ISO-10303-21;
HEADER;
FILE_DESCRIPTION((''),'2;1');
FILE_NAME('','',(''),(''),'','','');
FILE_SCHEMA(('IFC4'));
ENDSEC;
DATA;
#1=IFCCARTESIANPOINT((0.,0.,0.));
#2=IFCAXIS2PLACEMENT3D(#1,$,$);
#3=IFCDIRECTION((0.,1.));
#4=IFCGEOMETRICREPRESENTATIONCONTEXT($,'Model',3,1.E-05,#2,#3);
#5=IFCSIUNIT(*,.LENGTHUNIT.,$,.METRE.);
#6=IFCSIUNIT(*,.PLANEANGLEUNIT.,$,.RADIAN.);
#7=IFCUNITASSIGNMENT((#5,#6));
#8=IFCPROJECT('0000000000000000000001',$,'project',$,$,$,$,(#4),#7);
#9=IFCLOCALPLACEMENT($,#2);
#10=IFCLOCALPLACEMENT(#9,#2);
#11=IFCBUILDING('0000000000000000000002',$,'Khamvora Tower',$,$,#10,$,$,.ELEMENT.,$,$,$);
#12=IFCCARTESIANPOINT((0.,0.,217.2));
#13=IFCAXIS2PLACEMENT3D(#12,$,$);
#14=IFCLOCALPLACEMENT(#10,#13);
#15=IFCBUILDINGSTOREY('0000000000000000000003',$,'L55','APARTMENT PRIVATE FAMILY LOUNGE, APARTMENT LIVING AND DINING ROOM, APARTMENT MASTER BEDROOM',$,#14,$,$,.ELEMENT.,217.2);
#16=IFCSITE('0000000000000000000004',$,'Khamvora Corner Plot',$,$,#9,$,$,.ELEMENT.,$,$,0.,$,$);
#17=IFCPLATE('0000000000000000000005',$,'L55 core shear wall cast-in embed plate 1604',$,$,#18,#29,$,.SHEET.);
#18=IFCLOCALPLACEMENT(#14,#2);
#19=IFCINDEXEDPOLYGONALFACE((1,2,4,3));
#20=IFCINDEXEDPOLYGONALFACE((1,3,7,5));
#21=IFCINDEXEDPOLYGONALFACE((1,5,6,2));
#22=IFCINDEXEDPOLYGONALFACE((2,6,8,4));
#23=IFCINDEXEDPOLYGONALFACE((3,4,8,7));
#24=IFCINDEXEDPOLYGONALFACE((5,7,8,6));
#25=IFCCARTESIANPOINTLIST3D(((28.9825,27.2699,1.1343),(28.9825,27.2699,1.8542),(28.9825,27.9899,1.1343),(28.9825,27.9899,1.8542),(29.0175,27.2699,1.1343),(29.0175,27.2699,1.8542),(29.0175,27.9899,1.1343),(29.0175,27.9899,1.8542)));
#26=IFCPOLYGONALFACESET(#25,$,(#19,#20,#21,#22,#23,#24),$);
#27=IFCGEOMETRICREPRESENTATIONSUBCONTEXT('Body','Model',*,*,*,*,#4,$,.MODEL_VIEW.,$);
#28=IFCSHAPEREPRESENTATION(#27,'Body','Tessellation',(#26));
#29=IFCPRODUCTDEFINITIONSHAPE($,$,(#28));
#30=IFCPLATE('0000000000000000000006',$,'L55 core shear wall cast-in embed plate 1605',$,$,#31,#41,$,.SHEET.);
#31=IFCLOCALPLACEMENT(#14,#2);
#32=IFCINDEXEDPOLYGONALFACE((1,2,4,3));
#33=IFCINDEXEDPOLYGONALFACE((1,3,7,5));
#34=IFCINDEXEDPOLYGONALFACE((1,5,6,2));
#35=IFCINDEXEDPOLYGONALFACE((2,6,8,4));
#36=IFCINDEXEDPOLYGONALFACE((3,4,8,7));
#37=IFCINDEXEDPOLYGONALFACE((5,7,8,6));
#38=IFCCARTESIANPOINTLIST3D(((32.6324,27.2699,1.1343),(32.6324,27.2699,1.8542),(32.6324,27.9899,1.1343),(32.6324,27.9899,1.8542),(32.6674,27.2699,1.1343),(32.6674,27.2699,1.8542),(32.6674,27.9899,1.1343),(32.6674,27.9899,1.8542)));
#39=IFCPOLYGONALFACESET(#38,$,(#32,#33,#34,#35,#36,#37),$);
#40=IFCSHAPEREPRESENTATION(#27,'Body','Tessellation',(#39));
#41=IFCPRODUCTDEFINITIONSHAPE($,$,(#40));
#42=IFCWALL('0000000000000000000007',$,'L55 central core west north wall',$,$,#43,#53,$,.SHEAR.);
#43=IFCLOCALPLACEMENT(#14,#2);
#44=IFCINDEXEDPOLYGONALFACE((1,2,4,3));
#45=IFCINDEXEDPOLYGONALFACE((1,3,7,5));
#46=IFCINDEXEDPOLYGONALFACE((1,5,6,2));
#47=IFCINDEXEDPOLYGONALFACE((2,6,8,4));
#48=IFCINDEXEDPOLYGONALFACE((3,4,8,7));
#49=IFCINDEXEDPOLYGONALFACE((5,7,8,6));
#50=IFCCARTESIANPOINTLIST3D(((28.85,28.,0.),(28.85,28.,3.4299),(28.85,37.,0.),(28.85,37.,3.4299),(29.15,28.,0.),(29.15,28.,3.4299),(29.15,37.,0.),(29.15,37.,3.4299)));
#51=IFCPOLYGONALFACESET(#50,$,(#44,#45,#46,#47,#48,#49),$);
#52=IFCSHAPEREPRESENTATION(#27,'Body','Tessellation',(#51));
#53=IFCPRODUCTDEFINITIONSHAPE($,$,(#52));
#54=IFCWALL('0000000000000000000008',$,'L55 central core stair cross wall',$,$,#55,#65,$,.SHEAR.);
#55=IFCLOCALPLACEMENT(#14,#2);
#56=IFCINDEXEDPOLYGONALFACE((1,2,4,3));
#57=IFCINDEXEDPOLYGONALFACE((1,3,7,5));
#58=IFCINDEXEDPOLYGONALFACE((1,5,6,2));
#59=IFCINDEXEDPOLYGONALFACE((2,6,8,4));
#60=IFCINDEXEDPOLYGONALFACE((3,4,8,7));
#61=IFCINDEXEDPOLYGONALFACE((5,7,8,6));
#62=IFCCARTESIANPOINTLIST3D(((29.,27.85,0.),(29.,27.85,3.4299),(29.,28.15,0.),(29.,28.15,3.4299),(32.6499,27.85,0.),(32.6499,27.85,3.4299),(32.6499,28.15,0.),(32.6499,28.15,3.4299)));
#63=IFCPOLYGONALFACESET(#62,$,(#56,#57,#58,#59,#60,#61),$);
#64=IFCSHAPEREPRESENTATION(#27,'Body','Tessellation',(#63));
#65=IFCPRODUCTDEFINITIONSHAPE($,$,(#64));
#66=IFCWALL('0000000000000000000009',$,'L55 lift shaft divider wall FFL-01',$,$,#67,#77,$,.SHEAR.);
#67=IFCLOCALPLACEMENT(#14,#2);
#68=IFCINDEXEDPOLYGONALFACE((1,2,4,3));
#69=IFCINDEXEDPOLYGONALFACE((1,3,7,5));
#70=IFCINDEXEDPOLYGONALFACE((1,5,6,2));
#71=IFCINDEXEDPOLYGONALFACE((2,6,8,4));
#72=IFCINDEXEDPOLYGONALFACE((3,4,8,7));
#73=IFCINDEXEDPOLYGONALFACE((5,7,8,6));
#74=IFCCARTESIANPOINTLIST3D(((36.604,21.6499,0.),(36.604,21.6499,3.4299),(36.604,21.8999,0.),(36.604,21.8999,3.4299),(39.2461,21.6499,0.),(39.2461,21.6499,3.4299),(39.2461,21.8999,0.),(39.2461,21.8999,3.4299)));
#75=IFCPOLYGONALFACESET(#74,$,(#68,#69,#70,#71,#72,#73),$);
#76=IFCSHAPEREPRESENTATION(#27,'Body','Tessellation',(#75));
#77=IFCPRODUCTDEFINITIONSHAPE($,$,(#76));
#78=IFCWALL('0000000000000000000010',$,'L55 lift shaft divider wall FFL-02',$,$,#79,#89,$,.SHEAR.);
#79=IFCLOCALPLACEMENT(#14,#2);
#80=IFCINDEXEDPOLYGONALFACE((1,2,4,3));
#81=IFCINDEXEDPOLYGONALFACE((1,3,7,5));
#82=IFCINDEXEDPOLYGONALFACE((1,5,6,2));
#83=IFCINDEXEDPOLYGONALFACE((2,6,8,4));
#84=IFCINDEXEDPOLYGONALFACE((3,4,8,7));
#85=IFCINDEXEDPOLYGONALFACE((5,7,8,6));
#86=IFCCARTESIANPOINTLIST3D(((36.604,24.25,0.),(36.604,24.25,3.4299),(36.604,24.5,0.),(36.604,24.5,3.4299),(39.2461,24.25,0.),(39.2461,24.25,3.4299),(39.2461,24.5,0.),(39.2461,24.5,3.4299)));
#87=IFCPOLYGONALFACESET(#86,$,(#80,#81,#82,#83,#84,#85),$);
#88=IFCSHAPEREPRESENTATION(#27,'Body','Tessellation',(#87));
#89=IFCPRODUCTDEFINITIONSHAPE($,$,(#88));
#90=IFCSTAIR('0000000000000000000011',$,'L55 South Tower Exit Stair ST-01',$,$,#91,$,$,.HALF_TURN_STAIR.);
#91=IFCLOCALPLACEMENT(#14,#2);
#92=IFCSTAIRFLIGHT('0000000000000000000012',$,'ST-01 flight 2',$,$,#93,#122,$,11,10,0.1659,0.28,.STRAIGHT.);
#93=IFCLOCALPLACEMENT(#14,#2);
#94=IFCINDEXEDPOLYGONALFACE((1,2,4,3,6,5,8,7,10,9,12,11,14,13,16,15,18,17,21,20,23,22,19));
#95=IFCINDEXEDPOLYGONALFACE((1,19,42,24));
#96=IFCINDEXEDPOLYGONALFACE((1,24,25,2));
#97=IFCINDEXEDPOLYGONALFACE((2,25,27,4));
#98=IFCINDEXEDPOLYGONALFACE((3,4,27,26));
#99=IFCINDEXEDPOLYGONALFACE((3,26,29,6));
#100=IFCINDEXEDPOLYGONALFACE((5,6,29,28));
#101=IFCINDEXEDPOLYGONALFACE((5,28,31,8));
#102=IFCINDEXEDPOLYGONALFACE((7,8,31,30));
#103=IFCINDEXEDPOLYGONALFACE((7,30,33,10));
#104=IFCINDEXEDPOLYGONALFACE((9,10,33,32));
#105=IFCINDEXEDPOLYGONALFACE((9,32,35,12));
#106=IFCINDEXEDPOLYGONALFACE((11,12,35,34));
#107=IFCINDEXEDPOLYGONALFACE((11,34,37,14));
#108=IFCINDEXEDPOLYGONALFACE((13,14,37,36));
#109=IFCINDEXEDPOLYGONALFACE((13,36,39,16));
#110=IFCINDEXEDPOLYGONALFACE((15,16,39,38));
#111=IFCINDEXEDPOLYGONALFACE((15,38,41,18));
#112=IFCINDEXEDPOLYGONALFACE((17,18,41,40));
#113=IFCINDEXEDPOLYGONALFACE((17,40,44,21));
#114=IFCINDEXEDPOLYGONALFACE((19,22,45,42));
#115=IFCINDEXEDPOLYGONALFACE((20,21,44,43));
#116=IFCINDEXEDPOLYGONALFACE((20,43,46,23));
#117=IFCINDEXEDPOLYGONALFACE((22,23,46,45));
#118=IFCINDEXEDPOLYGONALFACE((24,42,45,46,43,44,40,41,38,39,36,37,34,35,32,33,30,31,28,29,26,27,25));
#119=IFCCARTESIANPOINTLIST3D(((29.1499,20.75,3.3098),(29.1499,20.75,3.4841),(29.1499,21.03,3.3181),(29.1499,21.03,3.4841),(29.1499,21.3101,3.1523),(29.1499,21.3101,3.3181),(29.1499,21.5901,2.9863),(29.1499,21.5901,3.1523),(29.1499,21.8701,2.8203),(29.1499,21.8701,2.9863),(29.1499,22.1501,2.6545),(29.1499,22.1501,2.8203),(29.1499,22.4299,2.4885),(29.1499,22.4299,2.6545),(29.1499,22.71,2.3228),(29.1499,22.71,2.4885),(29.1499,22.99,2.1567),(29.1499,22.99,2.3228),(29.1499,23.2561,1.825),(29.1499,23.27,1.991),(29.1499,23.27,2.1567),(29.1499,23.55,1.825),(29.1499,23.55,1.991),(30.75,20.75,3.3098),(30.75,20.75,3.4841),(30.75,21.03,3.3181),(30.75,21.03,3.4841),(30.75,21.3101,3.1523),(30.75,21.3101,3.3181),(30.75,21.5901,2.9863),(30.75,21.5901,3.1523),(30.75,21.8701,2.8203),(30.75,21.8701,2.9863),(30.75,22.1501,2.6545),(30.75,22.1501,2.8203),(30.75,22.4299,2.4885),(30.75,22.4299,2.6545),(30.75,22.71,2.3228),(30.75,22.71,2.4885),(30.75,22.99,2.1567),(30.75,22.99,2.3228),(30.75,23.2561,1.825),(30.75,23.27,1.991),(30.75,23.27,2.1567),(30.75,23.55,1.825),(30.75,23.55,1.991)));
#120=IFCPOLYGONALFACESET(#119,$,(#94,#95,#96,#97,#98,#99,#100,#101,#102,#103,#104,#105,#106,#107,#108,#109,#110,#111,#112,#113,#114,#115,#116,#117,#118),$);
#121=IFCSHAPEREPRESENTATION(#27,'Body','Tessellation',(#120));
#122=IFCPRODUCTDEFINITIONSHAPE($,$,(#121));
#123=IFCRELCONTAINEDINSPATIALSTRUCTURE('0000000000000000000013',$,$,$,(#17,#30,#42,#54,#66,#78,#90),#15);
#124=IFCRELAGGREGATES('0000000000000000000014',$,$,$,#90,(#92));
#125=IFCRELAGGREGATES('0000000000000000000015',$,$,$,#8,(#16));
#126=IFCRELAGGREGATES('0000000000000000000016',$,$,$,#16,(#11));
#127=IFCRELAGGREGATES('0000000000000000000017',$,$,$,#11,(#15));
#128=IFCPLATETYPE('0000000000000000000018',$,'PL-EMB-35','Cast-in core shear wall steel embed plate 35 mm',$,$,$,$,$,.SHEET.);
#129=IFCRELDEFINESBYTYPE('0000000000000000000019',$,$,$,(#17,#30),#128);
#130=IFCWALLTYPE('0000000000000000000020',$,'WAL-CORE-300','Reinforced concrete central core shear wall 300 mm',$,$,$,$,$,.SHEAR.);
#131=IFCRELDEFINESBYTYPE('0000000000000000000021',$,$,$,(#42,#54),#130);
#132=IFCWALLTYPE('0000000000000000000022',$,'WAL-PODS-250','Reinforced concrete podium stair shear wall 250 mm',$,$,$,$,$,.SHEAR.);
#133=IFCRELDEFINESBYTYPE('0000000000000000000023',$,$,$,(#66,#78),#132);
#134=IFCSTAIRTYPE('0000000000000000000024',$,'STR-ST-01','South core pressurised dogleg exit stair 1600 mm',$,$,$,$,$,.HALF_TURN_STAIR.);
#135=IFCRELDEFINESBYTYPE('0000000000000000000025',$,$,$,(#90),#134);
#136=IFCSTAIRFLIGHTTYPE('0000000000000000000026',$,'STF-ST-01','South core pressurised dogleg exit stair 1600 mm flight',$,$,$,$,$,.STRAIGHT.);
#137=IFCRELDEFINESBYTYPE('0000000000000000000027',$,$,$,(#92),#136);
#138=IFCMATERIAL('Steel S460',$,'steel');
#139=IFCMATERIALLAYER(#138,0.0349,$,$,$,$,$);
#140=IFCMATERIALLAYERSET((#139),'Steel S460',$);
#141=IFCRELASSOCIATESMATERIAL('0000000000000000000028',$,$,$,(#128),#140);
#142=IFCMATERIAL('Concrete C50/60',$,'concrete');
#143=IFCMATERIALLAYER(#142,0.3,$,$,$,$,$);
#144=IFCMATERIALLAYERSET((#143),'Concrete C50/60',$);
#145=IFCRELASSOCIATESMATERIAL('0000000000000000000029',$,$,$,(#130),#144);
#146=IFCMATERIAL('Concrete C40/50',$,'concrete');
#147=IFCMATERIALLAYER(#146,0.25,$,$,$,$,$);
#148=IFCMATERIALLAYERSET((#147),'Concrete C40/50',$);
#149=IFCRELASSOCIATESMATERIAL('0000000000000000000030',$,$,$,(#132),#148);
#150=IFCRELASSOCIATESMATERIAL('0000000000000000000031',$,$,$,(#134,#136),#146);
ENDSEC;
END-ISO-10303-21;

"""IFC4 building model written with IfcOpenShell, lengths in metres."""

from ifc_helpers import new_model, si_unit, direction, frame, frame_2d, origin, origin_2d, place, context, subcontext, project, spatial, polyline, rectangle, outline, extrude, material, layer, layer_set, type_object, element, aggregate, save


model = new_model("IFC4")

# Units and contexts
model_context = context("Model", 3, precision=1e-05, world=origin(), true_north=direction((0.0, 1.0)))
body_context = subcontext(model_context, "Body", "Model", "MODEL_VIEW")
ifc_project = project(units=[si_unit("LENGTHUNIT", "METRE"), si_unit("PLANEANGLEUNIT", "RADIAN")], contexts=[model_context])

# Site, building, storey
site_placement = place(None, origin())
site = spatial("IfcSite", under=ifc_project, at=site_placement, Name="Khamvora Corner Plot", CompositionType="ELEMENT", RefElevation=0.0)
building_placement = place(site_placement, origin())
building = spatial("IfcBuilding", under=site, at=building_placement, Name="Khamvora Tower", CompositionType="ELEMENT")
storey_placement = place(building_placement, frame((0.0, 0.0, 217.2)))
storey = spatial("IfcBuildingStorey", under=building, at=storey_placement, Name="L55", Description="APARTMENT PRIVATE FAMILY LOUNGE, APARTMENT LIVING AND DINING ROOM, APARTMENT MASTER BEDROOM", CompositionType="ELEMENT", Elevation=217.2)

# Shared definitions
ifc_material_1 = material(Name="Steel S460", Category="steel")

# Plates
ifc_layer_1 = layer(ifc_material_1, 0.0349)
ifc_layer_set_1 = layer_set([ifc_layer_1], Name="Steel S460")
plate_type = type_object("IfcPlateType", Name="PL-EMB-35", Description="Cast-in core shear wall steel embed plate 35 mm", PredefinedType="SHEET", material=ifc_layer_set_1)
for number, where, z_axis, x_axis, name in (
    (1, (29.0, 27.6299, 1.1343), (0.0, 0.0, 1.0), (1.0, 0.0, 0.0), "L55 core shear wall cast-in embed plate 1604"),
    (2, (32.6499, 27.6299, 1.1343), (0.0, 0.0, 1.0), (1.0, 0.0, 0.0), "L55 core shear wall cast-in embed plate 1605"),
):
    element("IfcPlate", number, at=place(storey_placement, frame(where, z_axis=z_axis, x_axis=x_axis)), inside=storey, type_object=plate_type, Name=name, PredefinedType="SHEET", context=body_context, shape_type="SweptSolid", body=[
        extrude(rectangle(XDim=0.0349, YDim=0.72, at=origin_2d()), origin(), (0.0, 0.0, 1.0), 0.72),
    ])

# Walls
ifc_material_2 = material(Name="Concrete C50/60", Category="concrete")
ifc_layer_2 = layer(ifc_material_2, 0.3)
ifc_layer_set_2 = layer_set([ifc_layer_2], Name="Concrete C50/60")
wall_type_1 = type_object("IfcWallType", Name="WAL-CORE-300", Description="Reinforced concrete central core shear wall 300 mm", PredefinedType="SHEAR", material=ifc_layer_set_2)
wall_1_placement = place(storey_placement, frame((29.0, 28.0, 0.0), z_axis=(0.0, 0.0, 1.0), x_axis=(0.0, 1.0, 0.0)))
element("IfcWall", 3, at=wall_1_placement, inside=storey, type_object=wall_type_1, Name="L55 central core west north wall", PredefinedType="SHEAR", context=body_context, shape_type="SweptSolid", body=[
    extrude(rectangle(XDim=9.0, YDim=0.3, at=frame_2d((4.5, 0.0))), origin(), (0.0, 0.0, 1.0), 3.4299),
])
wall_2_placement = place(storey_placement, frame((29.0, 28.0, 0.0), z_axis=(0.0, 0.0, 1.0), x_axis=(1.0, 0.0, 0.0)))
element("IfcWall", 4, at=wall_2_placement, inside=storey, type_object=wall_type_1, Name="L55 central core stair cross wall", PredefinedType="SHEAR", context=body_context, shape_type="SweptSolid", body=[
    extrude(rectangle(XDim=3.6499, YDim=0.3, at=frame_2d((1.825, 0.0))), origin(), (0.0, 0.0, 1.0), 3.4299),
])

# Walls
ifc_material_3 = material(Name="Concrete C40/50", Category="concrete")
ifc_layer_3 = layer(ifc_material_3, 0.25)
ifc_layer_set_3 = layer_set([ifc_layer_3], Name="Concrete C40/50")
wall_type_2 = type_object("IfcWallType", Name="WAL-PODS-250", Description="Reinforced concrete podium stair shear wall 250 mm", PredefinedType="SHEAR", material=ifc_layer_set_3)
for number, where, z_axis, x_axis, name in (
    (5, (36.604, 21.7749, 0.0), (0.0, 0.0, 1.0), (1.0, 0.0, 0.0), "L55 lift shaft divider wall FFL-01"),
    (6, (36.604, 24.375, 0.0), (0.0, 0.0, 1.0), (1.0, 0.0, 0.0), "L55 lift shaft divider wall FFL-02"),
):
    element("IfcWall", number, at=place(storey_placement, frame(where, z_axis=z_axis, x_axis=x_axis)), inside=storey, type_object=wall_type_2, Name=name, PredefinedType="SHEAR", context=body_context, shape_type="SweptSolid", body=[
        extrude(rectangle(XDim=2.6421, YDim=0.25, at=frame_2d((1.321, 0.0))), origin(), (0.0, 0.0, 1.0), 3.4299),
    ])

# Stair, stair flight
stair_type = type_object("IfcStairType", Name="STR-ST-01", Description="South core pressurised dogleg exit stair 1600 mm", PredefinedType="HALF_TURN_STAIR", material=ifc_material_3)
stair_placement = place(storey_placement, origin())
stair = element("IfcStair", 7, at=stair_placement, inside=storey, type_object=stair_type, Name="L55 South Tower Exit Stair ST-01", PredefinedType="HALF_TURN_STAIR")
stair_flight_type = type_object("IfcStairFlightType", Name="STF-ST-01", Description="South core pressurised dogleg exit stair 1600 mm flight", PredefinedType="STRAIGHT", material=ifc_material_3)
stair_flight_placement = place(storey_placement, frame((29.95, 23.55, 1.825), z_axis=(0.0, 0.0, 1.0), x_axis=(0.0, -1.0, 0.0)))
stair_flight = element("IfcStairFlight", 8, at=stair_flight_placement, type_object=stair_flight_type, Name="ST-01 flight 2", NumberOfRisers=11, NumberOfTreads=10, PredefinedType="STRAIGHT", RiserHeight=0.1659, TreadLength=0.28, context=body_context, shape_type="SweptSolid", body=[
    extrude(outline(polyline([(0.0, 0.0), (0.0, 0.166), (0.28, 0.166), (0.28, 0.3318), (0.5601, 0.3318), (0.5601, 0.4978), (0.8401, 0.4978), (0.8401, 0.6636), (1.1201, 0.6636), (1.1201, 0.8296), (1.3999, 0.8296), (1.3999, 0.9954), (1.6799, 0.9954), (1.6799, 1.1614), (1.96, 1.1614), (1.96, 1.3274), (2.24, 1.3274), (2.24, 1.4932), (2.52, 1.4932), (2.52, 1.6592), (2.8, 1.6592), (2.8, 1.825), (2.8, 1.4849), (0.2939, 0.0), (0.0, 0.0)])), frame((0.0, 0.8, 0.0), z_axis=(0.0, -1.0, 0.0), x_axis=(1.0, 0.0, 0.0)), (0.0, 0.0, 1.0), 1.6001),
])
aggregate(stair, [stair_flight])

save(model, "model.ifc")
